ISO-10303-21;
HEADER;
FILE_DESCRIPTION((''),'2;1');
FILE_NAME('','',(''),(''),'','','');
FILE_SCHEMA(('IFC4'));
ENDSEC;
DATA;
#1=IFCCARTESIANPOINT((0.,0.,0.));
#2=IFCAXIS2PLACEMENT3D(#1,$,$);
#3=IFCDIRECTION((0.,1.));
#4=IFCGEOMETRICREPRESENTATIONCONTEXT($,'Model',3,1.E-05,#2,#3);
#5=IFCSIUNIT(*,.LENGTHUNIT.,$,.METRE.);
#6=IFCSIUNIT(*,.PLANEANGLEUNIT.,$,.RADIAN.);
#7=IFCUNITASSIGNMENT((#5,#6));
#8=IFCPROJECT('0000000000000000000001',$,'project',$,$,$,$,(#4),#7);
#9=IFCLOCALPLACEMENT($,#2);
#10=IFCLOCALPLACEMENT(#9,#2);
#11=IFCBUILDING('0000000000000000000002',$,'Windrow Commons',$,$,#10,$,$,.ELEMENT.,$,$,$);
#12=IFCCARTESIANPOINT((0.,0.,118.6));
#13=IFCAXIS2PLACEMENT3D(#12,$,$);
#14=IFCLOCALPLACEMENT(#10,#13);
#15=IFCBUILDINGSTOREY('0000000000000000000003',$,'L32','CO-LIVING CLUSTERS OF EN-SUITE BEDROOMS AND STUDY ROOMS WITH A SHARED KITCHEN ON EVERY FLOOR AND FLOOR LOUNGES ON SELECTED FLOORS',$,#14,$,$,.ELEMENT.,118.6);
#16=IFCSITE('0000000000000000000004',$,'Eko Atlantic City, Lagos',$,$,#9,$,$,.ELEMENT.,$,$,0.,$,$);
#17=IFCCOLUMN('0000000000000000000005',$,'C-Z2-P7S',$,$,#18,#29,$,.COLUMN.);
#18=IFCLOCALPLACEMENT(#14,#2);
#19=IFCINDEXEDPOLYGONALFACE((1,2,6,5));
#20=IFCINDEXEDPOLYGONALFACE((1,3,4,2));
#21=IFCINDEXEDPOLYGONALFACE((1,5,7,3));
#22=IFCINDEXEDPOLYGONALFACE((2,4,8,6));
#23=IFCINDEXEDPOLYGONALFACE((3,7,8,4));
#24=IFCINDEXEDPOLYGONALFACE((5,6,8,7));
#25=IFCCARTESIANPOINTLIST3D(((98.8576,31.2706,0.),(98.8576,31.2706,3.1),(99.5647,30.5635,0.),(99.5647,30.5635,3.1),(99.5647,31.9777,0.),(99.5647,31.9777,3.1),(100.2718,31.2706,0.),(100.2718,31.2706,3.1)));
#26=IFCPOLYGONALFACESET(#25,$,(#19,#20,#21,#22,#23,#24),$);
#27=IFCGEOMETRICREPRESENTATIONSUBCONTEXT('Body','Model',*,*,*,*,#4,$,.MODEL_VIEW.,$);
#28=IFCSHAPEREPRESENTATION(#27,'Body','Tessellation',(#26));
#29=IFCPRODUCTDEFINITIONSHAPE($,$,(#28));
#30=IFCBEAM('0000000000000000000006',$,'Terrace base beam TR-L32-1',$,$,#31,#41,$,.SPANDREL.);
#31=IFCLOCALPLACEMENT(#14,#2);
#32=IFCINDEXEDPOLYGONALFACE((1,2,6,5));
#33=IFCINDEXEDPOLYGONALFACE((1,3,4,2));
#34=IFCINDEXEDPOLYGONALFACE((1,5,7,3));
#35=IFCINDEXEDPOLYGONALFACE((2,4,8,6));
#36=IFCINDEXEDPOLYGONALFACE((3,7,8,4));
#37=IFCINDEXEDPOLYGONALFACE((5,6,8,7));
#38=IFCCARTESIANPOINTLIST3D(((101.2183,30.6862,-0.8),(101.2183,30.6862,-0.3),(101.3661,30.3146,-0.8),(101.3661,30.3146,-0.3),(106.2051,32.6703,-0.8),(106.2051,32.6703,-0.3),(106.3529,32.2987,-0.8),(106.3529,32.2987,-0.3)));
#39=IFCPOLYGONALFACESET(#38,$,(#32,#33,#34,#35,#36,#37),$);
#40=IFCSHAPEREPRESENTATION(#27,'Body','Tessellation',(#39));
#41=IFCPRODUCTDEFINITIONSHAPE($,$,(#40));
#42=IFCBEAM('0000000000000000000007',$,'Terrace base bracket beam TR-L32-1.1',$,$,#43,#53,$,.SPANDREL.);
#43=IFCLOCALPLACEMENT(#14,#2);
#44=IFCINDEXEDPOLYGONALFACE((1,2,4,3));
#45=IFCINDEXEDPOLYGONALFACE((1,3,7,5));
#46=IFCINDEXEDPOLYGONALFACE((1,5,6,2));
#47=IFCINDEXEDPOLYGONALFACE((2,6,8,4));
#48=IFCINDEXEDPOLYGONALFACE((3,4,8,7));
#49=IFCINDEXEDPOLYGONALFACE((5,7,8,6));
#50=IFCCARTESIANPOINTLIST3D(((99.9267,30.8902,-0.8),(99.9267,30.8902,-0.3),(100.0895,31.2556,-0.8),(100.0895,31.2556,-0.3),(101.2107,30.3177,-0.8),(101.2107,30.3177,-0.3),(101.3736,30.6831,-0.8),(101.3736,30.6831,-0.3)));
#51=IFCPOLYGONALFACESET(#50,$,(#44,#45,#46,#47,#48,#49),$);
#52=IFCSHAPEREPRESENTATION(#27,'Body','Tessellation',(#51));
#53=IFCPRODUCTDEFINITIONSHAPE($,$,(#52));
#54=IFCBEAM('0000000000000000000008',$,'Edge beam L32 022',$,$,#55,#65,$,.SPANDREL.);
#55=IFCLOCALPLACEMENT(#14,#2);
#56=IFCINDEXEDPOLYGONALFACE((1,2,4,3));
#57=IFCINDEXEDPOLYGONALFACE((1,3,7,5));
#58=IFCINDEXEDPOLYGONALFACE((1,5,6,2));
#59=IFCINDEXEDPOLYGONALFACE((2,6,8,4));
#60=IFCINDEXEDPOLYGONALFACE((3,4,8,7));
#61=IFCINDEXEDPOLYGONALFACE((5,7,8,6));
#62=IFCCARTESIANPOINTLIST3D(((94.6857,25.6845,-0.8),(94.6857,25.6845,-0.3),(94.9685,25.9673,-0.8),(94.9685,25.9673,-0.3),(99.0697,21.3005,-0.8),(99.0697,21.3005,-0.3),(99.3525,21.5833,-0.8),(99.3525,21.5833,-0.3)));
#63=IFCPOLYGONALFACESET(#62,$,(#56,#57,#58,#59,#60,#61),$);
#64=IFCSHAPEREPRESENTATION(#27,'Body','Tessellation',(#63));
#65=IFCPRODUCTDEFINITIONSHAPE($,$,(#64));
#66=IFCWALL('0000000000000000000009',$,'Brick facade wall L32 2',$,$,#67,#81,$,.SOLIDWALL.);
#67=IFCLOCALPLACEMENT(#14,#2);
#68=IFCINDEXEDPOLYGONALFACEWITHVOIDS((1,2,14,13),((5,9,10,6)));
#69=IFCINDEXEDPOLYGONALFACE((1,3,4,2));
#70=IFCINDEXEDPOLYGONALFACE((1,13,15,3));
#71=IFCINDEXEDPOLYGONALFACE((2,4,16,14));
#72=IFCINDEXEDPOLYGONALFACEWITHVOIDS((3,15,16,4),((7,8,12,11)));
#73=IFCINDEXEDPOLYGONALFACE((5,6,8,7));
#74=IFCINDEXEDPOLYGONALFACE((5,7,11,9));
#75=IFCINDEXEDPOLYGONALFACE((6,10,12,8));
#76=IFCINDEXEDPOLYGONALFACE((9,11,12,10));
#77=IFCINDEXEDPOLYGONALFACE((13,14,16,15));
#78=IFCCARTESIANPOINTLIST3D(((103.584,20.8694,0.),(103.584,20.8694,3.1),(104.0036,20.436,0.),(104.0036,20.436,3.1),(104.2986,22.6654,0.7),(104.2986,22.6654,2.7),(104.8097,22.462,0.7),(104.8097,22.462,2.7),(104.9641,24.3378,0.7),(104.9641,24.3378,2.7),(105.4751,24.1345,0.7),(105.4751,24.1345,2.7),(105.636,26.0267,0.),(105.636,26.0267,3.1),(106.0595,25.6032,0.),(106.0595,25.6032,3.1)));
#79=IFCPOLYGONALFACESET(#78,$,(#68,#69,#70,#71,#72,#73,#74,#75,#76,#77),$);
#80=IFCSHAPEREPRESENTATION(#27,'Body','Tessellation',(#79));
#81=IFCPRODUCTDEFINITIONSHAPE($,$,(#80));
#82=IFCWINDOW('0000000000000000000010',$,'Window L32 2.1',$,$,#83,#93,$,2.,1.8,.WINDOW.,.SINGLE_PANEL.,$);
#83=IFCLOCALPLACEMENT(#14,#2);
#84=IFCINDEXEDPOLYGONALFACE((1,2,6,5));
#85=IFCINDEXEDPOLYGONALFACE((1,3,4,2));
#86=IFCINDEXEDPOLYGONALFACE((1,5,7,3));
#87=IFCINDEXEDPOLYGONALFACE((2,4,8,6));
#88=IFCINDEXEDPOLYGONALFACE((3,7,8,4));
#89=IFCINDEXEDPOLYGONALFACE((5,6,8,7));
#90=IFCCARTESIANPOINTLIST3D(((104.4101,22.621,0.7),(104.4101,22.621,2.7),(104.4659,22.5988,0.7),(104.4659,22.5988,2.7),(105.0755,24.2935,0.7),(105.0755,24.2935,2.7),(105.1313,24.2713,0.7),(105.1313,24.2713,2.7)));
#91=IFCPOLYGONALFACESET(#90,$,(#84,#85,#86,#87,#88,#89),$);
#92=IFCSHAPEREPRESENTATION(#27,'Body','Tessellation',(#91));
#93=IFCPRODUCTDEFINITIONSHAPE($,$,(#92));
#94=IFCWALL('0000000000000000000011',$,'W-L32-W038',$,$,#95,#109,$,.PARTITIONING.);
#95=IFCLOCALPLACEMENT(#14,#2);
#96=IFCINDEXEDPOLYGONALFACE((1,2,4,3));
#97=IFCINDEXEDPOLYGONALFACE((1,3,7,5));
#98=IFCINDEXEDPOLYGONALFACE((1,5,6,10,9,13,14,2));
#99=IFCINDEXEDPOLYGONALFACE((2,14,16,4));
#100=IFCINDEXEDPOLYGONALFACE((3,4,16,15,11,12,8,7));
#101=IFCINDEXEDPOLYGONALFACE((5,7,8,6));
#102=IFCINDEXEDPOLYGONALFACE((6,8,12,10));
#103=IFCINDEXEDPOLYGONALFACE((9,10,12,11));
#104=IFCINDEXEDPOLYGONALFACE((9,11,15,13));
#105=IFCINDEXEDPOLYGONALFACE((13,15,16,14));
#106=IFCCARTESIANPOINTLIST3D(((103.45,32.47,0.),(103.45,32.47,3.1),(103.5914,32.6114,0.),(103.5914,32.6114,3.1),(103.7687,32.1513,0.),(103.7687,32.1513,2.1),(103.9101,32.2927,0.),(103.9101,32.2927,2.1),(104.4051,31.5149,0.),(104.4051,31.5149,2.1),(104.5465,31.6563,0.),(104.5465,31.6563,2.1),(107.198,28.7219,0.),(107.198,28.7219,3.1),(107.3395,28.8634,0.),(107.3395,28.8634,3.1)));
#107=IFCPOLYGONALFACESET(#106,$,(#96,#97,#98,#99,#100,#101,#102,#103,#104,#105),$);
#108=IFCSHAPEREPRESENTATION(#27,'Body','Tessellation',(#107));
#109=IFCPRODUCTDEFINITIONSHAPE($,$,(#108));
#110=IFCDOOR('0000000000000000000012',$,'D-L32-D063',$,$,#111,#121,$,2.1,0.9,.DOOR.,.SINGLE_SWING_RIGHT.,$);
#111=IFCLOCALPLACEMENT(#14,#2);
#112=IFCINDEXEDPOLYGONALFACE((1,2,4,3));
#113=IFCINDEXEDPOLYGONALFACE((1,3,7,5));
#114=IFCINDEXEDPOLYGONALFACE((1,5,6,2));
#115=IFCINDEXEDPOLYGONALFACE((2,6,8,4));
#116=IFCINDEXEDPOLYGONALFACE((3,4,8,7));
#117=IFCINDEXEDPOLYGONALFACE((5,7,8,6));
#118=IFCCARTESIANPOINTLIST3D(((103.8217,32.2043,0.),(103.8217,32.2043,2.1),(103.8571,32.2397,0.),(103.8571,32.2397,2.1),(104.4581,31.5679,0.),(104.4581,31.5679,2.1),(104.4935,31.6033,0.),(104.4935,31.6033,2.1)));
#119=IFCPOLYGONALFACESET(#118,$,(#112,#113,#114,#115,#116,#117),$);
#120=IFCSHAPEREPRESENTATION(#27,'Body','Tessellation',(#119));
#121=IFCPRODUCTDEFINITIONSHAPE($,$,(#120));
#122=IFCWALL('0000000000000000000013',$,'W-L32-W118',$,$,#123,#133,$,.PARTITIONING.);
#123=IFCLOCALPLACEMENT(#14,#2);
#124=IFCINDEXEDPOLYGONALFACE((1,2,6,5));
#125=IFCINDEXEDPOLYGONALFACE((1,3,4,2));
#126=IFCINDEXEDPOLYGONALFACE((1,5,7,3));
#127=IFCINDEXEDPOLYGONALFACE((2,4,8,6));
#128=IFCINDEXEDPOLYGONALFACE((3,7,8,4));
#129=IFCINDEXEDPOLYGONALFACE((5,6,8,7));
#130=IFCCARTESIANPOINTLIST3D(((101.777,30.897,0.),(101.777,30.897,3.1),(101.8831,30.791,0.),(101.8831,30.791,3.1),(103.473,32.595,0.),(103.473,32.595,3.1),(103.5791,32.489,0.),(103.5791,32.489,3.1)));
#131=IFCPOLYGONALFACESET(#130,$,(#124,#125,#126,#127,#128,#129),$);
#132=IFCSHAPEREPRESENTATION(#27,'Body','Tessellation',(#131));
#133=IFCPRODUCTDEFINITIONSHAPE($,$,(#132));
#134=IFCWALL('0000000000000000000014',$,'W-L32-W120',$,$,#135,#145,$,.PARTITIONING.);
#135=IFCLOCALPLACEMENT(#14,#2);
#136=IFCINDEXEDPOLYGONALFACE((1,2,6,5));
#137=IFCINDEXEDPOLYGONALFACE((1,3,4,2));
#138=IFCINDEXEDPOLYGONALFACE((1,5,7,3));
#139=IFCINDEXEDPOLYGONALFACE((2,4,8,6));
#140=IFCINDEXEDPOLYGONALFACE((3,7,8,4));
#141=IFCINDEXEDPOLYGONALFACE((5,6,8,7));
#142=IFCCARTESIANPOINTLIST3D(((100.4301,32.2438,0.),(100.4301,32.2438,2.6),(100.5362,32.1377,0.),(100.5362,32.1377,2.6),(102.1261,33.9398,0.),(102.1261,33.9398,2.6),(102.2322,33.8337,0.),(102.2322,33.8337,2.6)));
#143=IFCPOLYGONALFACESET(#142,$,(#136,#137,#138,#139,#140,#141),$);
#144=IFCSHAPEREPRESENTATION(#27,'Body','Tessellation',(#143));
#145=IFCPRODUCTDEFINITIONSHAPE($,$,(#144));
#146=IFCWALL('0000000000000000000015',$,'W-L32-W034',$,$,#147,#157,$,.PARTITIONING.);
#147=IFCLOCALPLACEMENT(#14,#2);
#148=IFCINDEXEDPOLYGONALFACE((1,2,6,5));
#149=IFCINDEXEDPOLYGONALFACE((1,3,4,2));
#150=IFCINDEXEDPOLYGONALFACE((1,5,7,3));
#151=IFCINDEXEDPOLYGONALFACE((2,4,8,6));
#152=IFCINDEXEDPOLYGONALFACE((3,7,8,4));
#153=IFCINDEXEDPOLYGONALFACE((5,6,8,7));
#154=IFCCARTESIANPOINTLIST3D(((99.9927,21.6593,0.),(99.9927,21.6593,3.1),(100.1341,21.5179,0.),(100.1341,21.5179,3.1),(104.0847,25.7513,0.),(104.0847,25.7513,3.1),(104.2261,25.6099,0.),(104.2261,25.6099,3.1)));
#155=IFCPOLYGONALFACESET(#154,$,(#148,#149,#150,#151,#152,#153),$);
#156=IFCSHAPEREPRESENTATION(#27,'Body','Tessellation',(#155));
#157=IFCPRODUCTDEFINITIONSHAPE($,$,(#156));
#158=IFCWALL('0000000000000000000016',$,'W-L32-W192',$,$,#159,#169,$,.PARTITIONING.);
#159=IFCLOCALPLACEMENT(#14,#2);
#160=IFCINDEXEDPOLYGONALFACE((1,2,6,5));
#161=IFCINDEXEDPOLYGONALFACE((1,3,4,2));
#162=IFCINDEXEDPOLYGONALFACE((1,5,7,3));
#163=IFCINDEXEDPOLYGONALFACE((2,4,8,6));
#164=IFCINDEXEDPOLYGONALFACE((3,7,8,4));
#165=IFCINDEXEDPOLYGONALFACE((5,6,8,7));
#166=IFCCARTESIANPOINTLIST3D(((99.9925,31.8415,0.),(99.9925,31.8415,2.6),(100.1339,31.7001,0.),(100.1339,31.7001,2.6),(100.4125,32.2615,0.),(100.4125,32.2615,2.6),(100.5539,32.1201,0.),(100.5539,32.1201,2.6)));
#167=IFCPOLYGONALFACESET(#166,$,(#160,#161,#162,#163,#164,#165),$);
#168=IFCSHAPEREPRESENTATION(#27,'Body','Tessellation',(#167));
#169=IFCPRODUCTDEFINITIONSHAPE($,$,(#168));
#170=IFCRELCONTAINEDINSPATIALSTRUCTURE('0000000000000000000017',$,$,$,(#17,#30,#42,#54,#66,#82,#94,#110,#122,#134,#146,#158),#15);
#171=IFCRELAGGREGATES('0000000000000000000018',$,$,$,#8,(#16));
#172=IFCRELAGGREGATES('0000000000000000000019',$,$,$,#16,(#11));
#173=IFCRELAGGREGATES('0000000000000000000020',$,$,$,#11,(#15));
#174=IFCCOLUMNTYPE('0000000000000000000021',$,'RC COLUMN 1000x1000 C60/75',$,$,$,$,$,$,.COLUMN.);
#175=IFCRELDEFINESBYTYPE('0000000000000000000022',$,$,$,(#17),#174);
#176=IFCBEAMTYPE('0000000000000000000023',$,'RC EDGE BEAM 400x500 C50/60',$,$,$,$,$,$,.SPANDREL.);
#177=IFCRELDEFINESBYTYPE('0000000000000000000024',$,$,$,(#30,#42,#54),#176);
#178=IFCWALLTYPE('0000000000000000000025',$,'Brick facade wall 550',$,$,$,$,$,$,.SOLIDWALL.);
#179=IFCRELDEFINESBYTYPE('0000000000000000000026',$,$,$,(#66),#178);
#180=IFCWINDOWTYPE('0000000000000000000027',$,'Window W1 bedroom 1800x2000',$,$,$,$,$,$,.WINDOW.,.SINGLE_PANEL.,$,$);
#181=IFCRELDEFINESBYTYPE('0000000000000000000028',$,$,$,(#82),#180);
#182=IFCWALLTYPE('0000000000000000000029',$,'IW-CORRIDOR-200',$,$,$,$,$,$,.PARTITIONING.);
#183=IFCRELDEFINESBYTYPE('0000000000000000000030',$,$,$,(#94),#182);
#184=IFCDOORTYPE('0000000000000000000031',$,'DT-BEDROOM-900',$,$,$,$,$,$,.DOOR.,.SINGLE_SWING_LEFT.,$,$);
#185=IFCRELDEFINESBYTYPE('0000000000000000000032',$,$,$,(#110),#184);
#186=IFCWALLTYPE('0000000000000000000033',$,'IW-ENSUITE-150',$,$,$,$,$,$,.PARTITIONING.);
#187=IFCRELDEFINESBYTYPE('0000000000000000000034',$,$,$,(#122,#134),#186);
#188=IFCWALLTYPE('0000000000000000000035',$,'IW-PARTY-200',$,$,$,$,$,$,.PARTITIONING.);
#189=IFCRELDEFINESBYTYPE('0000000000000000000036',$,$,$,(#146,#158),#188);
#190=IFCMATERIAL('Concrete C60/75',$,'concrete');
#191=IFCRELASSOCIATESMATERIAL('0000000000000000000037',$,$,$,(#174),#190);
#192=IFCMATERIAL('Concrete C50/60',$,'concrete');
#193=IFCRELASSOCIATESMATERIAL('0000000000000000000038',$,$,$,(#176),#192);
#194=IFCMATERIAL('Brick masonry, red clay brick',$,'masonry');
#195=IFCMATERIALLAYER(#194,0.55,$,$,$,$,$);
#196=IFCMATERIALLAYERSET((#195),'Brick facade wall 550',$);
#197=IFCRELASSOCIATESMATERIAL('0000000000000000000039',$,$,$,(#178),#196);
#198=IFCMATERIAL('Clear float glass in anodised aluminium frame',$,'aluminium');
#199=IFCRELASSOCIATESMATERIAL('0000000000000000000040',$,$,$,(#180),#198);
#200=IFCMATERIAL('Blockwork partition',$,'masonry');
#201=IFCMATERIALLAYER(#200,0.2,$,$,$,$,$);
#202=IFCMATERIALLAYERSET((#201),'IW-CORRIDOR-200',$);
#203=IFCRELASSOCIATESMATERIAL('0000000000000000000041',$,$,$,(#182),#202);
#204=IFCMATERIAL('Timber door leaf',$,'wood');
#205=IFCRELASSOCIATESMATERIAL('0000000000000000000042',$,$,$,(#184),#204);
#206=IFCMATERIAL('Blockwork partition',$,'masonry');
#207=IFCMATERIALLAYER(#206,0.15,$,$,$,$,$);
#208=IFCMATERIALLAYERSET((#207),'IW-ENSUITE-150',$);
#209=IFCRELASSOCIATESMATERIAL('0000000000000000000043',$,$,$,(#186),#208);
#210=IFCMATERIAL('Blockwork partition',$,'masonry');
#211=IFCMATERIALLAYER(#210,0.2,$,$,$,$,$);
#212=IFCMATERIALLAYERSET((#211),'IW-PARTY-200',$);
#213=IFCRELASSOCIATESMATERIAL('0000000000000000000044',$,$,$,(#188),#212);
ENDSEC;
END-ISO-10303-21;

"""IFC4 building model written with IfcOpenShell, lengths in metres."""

from ifc_helpers import new_model, si_unit, direction, frame, frame_2d, origin, origin_2d, place, context, subcontext, project, spatial, polyline, rectangle, outline, extrude, material, layer, layer_set, material_profile, profile_set, type_object, element, fill, save


model = new_model("IFC4")

# Units and contexts
model_context = context("Model", 3, precision=1e-05, world=origin(), true_north=direction((0.0, 1.0)))
body_context = subcontext(model_context, "Body", "Model", "MODEL_VIEW")
ifc_project = project(units=[si_unit("LENGTHUNIT", "METRE"), si_unit("PLANEANGLEUNIT", "RADIAN")], contexts=[model_context])

# Site, building, storey
site_placement = place(None, origin())
site = spatial("IfcSite", under=ifc_project, at=site_placement, Name="Eko Atlantic City, Lagos", CompositionType="ELEMENT", RefElevation=0.0)
building_placement = place(site_placement, origin())
building = spatial("IfcBuilding", under=site, at=building_placement, Name="Windrow Commons", CompositionType="ELEMENT")
storey_placement = place(building_placement, frame((0.0, 0.0, 118.6)))
storey = spatial("IfcBuildingStorey", under=building, at=storey_placement, Name="L32", Description="CO-LIVING CLUSTERS OF EN-SUITE BEDROOMS AND STUDY ROOMS WITH A SHARED KITCHEN ON EVERY FLOOR AND FLOOR LOUNGES ON SELECTED FLOORS", CompositionType="ELEMENT", Elevation=118.6)

# Column
ifc_material_1 = material(Name="Concrete C60/75", Category="concrete")
ifc_material_profile_1 = material_profile(ifc_material_1, rectangle(XDim=1.0, YDim=1.0, at=origin_2d()))
ifc_profile_set_1 = profile_set([ifc_material_profile_1], Name="Concrete C60/75")
column_type = type_object("IfcColumnType", Name="RC COLUMN 1000x1000 C60/75", PredefinedType="COLUMN", material=ifc_profile_set_1)
column_placement = place(storey_placement, frame((99.5647, 31.2706, 0.0), z_axis=(0.0, 0.0, 1.0), x_axis=(0.707107, -0.707107, 0.0)))
element("IfcColumn", 1, at=column_placement, inside=storey, type_object=column_type, Name="C-Z2-P7S", PredefinedType="COLUMN", context=body_context, shape_type="SweptSolid", body=[
    extrude(rectangle(XDim=1.0, YDim=1.0, at=origin_2d()), origin(), (0.0, 0.0, 1.0), 3.1),
])

# Beams
ifc_material_2 = material(Name="Concrete C50/60", Category="concrete")
ifc_material_profile_2 = material_profile(ifc_material_2, rectangle(XDim=0.4, YDim=0.5, at=origin_2d()))
ifc_profile_set_2 = profile_set([ifc_material_profile_2], Name="Concrete C50/60")
beam_type = type_object("IfcBeamType", Name="RC EDGE BEAM 400x500 C50/60", PredefinedType="SPANDREL", material=ifc_profile_set_2)
beam_1_placement = place(storey_placement, frame((101.2922, 30.5004, -0.55), z_axis=(0.929157, 0.369684, 0.0), x_axis=(-0.369684, 0.929157, 0.0)))
element("IfcBeam", 2, at=beam_1_placement, inside=storey, type_object=beam_type, Name="Terrace base beam TR-L32-1", PredefinedType="SPANDREL", context=body_context, shape_type="SweptSolid", body=[
    extrude(rectangle(XDim=0.4, YDim=0.5, at=origin_2d()), origin(), (0.0, 0.0, 1.0), 5.367),
])
beam_2_placement = place(storey_placement, frame((100.0081, 31.0729, -0.55), z_axis=(0.913339, -0.407201, 0.0), x_axis=(0.407201, 0.913339, 0.0)))
element("IfcBeam", 3, at=beam_2_placement, inside=storey, type_object=beam_type, Name="Terrace base bracket beam TR-L32-1.1", PredefinedType="SPANDREL", context=body_context, shape_type="SweptSolid", body=[
    extrude(rectangle(XDim=0.4, YDim=0.5, at=origin_2d()), origin(), (0.0, 0.0, 1.0), 1.4059),
])
beam_3_placement = place(storey_placement, frame((99.2111, 21.4419, -0.55), z_axis=(-0.707107, 0.707107, 0.0), x_axis=(-0.707107, -0.707107, 0.0)))
element("IfcBeam", 4, at=beam_3_placement, inside=storey, type_object=beam_type, Name="Edge beam L32 022", PredefinedType="SPANDREL", context=body_context, shape_type="SweptSolid", body=[
    extrude(rectangle(XDim=0.4, YDim=0.5, at=origin_2d()), origin(), (0.0, 0.0, 1.0), 6.1999),
])

# Wall, opening, window
ifc_material_3 = material(Name="Brick masonry, red clay brick", Category="masonry")
ifc_layer_1 = layer(ifc_material_3, 0.55)
ifc_layer_set_1 = layer_set([ifc_layer_1], Name="Brick facade wall 550")
wall_type_1 = type_object("IfcWallType", Name="Brick facade wall 550", PredefinedType="SOLIDWALL", material=ifc_layer_set_1)
wall_1_placement = place(storey_placement, frame((103.7938, 20.6527, 0.0), z_axis=(0.0, 0.0, 1.0), x_axis=(0.369686, 0.929157, 0.0)))
wall_1 = element("IfcWall", 5, at=wall_1_placement, inside=storey, type_object=wall_type_1, Name="Brick facade wall L32 2", PredefinedType="SOLIDWALL", context=body_context, shape_type="SweptSolid", body=[
    extrude(outline(polyline([(-0.1238, -0.275), (5.4374, -0.275), (5.6743, 0.275), (0.1238, 0.275), (-0.1238, -0.275)])), origin(), (0.0, 0.0, 1.0), 3.1),
])
opening_1_placement = place(wall_1_placement, frame((2.0567, 0.0, 0.7)))
opening_1 = element("IfcOpeningElement", 6, at=opening_1_placement, cuts=wall_1, PredefinedType="OPENING", context=body_context, shape_type="SweptSolid", body=[
    extrude(rectangle(XDim=1.8, YDim=2.0, at=frame_2d((0.9, 1.0))), frame((0.0, 0.285, 0.0), z_axis=(0.0, -1.0, 0.0), x_axis=(1.0, 0.0, 0.0)), (0.0, 0.0, 1.0), 0.57),
])
ifc_material_4 = material(Name="Clear float glass in anodised aluminium frame", Category="aluminium")
window_type = type_object("IfcWindowType", Name="Window W1 bedroom 1800x2000", PartitioningType="SINGLE_PANEL", PredefinedType="WINDOW", material=ifc_material_4)
window_placement = place(opening_1_placement, origin())
window = element("IfcWindow", 7, at=window_placement, inside=storey, type_object=window_type, Name="Window L32 2.1", OverallHeight=2.0, OverallWidth=1.8, PartitioningType="SINGLE_PANEL", PredefinedType="WINDOW", context=body_context, shape_type="SweptSolid", body=[
    extrude(rectangle(XDim=1.8, YDim=2.0, at=frame_2d((0.9, 1.0))), frame((0.0, 0.155, 0.0), z_axis=(0.0, -1.0, 0.0), x_axis=(1.0, 0.0, 0.0)), (0.0, 0.0, 1.0), 0.06),
])
fill(opening_1, window)

# Wall, opening, door
ifc_material_5 = material(Name="Blockwork partition", Category="masonry")
ifc_layer_2 = layer(ifc_material_5, 0.2)
ifc_layer_set_2 = layer_set([ifc_layer_2], Name="IW-CORRIDOR-200")
wall_type_2 = type_object("IfcWallType", Name="IW-CORRIDOR-200", PredefinedType="PARTITIONING", material=ifc_layer_set_2)
wall_2_placement = place(storey_placement, frame((103.5207, 32.5407, 0.0), z_axis=(0.0, 0.0, 1.0), x_axis=(0.707107, -0.707107, 0.0)))
wall_2 = element("IfcWall", 8, at=wall_2_placement, inside=storey, type_object=wall_type_2, Name="W-L32-W038", PredefinedType="PARTITIONING", context=body_context, shape_type="SweptSolid", body=[
    extrude(rectangle(XDim=5.3005, YDim=0.2, at=frame_2d((2.6503, 0.0))), origin(), (0.0, 0.0, 1.0), 3.1),
])
opening_2_placement = place(wall_2_placement, frame((0.4507, 0.0, 0.0)))
opening_2 = element("IfcOpeningElement", 9, at=opening_2_placement, cuts=wall_2, PredefinedType="OPENING", context=body_context, shape_type="SweptSolid", body=[
    extrude(rectangle(XDim=0.9, YDim=2.1, at=frame_2d((0.45, 1.05))), frame((0.0, 0.11, 0.0), z_axis=(0.0, -1.0, 0.0), x_axis=(1.0, 0.0, 0.0)), (0.0, 0.0, 1.0), 0.22),
])
ifc_material_6 = material(Name="Timber door leaf", Category="wood")
door_type = type_object("IfcDoorType", Name="DT-BEDROOM-900", OperationType="SINGLE_SWING_LEFT", PredefinedType="DOOR", material=ifc_material_6)
door_placement = place(opening_2_placement, origin())
door = element("IfcDoor", 10, at=door_placement, inside=storey, type_object=door_type, Name="D-L32-D063", OperationType="SINGLE_SWING_RIGHT", OverallHeight=2.1, OverallWidth=0.9, PredefinedType="DOOR", context=body_context, shape_type="SweptSolid", body=[
    extrude(rectangle(XDim=0.9, YDim=2.1, at=frame_2d((0.45, 1.05))), frame((0.0, 0.025, 0.0), z_axis=(0.0, -1.0, 0.0), x_axis=(1.0, 0.0, 0.0)), (0.0, 0.0, 1.0), 0.05),
])
fill(opening_2, door)

# Walls
ifc_material_7 = material(Name="Blockwork partition", Category="masonry")
ifc_layer_3 = layer(ifc_material_7, 0.15)
ifc_layer_set_3 = layer_set([ifc_layer_3], Name="IW-ENSUITE-150")
wall_type_3 = type_object("IfcWallType", Name="IW-ENSUITE-150", PredefinedType="PARTITIONING", material=ifc_layer_set_3)
wall_3_placement = place(storey_placement, frame((101.83, 30.844, 0.0), z_axis=(0.0, 0.0, 1.0), x_axis=(0.70669, 0.707523, 0.0)))
element("IfcWall", 11, at=wall_3_placement, inside=storey, type_object=wall_type_3, Name="W-L32-W118", PredefinedType="PARTITIONING", context=body_context, shape_type="SweptSolid", body=[
    extrude(rectangle(XDim=2.3999, YDim=0.15, at=frame_2d((1.2, 0.0))), origin(), (0.0, 0.0, 1.0), 3.1),
])
wall_4_placement = place(storey_placement, frame((100.4832, 32.1908, 0.0), z_axis=(0.0, 0.0, 1.0), x_axis=(0.707107, 0.707107, 0.0)))
element("IfcWall", 12, at=wall_4_placement, inside=storey, type_object=wall_type_3, Name="W-L32-W120", PredefinedType="PARTITIONING", context=body_context, shape_type="SweptSolid", body=[
    extrude(rectangle(XDim=2.3985, YDim=0.15, at=frame_2d((1.1992, 0.0))), origin(), (0.0, 0.0, 1.0), 2.6),
])
ifc_material_8 = material(Name="Blockwork partition", Category="masonry")
ifc_layer_4 = layer(ifc_material_8, 0.2)
ifc_layer_set_4 = layer_set([ifc_layer_4], Name="IW-PARTY-200")
wall_type_4 = type_object("IfcWallType", Name="IW-PARTY-200", PredefinedType="PARTITIONING", material=ifc_layer_set_4)
wall_5_placement = place(storey_placement, frame((100.0634, 21.5886, 0.0), z_axis=(0.0, 0.0, 1.0), x_axis=(0.707107, 0.707107, 0.0)))
element("IfcWall", 13, at=wall_5_placement, inside=storey, type_object=wall_type_4, Name="W-L32-W034", PredefinedType="PARTITIONING", context=body_context, shape_type="SweptSolid", body=[
    extrude(rectangle(XDim=5.787, YDim=0.2, at=frame_2d((2.8935, 0.0))), origin(), (0.0, 0.0, 1.0), 3.1),
])
wall_6_placement = place(storey_placement, frame((100.0632, 31.7708, 0.0), z_axis=(0.0, 0.0, 1.0), x_axis=(0.707107, 0.707107, 0.0)))
element("IfcWall", 14, at=wall_6_placement, inside=storey, type_object=wall_type_4, Name="W-L32-W192", PredefinedType="PARTITIONING", context=body_context, shape_type="SweptSolid", body=[
    extrude(rectangle(XDim=0.594, YDim=0.2, at=frame_2d((0.297, 0.0))), origin(), (0.0, 0.0, 1.0), 2.6),
])

save(model, "model.ifc")
